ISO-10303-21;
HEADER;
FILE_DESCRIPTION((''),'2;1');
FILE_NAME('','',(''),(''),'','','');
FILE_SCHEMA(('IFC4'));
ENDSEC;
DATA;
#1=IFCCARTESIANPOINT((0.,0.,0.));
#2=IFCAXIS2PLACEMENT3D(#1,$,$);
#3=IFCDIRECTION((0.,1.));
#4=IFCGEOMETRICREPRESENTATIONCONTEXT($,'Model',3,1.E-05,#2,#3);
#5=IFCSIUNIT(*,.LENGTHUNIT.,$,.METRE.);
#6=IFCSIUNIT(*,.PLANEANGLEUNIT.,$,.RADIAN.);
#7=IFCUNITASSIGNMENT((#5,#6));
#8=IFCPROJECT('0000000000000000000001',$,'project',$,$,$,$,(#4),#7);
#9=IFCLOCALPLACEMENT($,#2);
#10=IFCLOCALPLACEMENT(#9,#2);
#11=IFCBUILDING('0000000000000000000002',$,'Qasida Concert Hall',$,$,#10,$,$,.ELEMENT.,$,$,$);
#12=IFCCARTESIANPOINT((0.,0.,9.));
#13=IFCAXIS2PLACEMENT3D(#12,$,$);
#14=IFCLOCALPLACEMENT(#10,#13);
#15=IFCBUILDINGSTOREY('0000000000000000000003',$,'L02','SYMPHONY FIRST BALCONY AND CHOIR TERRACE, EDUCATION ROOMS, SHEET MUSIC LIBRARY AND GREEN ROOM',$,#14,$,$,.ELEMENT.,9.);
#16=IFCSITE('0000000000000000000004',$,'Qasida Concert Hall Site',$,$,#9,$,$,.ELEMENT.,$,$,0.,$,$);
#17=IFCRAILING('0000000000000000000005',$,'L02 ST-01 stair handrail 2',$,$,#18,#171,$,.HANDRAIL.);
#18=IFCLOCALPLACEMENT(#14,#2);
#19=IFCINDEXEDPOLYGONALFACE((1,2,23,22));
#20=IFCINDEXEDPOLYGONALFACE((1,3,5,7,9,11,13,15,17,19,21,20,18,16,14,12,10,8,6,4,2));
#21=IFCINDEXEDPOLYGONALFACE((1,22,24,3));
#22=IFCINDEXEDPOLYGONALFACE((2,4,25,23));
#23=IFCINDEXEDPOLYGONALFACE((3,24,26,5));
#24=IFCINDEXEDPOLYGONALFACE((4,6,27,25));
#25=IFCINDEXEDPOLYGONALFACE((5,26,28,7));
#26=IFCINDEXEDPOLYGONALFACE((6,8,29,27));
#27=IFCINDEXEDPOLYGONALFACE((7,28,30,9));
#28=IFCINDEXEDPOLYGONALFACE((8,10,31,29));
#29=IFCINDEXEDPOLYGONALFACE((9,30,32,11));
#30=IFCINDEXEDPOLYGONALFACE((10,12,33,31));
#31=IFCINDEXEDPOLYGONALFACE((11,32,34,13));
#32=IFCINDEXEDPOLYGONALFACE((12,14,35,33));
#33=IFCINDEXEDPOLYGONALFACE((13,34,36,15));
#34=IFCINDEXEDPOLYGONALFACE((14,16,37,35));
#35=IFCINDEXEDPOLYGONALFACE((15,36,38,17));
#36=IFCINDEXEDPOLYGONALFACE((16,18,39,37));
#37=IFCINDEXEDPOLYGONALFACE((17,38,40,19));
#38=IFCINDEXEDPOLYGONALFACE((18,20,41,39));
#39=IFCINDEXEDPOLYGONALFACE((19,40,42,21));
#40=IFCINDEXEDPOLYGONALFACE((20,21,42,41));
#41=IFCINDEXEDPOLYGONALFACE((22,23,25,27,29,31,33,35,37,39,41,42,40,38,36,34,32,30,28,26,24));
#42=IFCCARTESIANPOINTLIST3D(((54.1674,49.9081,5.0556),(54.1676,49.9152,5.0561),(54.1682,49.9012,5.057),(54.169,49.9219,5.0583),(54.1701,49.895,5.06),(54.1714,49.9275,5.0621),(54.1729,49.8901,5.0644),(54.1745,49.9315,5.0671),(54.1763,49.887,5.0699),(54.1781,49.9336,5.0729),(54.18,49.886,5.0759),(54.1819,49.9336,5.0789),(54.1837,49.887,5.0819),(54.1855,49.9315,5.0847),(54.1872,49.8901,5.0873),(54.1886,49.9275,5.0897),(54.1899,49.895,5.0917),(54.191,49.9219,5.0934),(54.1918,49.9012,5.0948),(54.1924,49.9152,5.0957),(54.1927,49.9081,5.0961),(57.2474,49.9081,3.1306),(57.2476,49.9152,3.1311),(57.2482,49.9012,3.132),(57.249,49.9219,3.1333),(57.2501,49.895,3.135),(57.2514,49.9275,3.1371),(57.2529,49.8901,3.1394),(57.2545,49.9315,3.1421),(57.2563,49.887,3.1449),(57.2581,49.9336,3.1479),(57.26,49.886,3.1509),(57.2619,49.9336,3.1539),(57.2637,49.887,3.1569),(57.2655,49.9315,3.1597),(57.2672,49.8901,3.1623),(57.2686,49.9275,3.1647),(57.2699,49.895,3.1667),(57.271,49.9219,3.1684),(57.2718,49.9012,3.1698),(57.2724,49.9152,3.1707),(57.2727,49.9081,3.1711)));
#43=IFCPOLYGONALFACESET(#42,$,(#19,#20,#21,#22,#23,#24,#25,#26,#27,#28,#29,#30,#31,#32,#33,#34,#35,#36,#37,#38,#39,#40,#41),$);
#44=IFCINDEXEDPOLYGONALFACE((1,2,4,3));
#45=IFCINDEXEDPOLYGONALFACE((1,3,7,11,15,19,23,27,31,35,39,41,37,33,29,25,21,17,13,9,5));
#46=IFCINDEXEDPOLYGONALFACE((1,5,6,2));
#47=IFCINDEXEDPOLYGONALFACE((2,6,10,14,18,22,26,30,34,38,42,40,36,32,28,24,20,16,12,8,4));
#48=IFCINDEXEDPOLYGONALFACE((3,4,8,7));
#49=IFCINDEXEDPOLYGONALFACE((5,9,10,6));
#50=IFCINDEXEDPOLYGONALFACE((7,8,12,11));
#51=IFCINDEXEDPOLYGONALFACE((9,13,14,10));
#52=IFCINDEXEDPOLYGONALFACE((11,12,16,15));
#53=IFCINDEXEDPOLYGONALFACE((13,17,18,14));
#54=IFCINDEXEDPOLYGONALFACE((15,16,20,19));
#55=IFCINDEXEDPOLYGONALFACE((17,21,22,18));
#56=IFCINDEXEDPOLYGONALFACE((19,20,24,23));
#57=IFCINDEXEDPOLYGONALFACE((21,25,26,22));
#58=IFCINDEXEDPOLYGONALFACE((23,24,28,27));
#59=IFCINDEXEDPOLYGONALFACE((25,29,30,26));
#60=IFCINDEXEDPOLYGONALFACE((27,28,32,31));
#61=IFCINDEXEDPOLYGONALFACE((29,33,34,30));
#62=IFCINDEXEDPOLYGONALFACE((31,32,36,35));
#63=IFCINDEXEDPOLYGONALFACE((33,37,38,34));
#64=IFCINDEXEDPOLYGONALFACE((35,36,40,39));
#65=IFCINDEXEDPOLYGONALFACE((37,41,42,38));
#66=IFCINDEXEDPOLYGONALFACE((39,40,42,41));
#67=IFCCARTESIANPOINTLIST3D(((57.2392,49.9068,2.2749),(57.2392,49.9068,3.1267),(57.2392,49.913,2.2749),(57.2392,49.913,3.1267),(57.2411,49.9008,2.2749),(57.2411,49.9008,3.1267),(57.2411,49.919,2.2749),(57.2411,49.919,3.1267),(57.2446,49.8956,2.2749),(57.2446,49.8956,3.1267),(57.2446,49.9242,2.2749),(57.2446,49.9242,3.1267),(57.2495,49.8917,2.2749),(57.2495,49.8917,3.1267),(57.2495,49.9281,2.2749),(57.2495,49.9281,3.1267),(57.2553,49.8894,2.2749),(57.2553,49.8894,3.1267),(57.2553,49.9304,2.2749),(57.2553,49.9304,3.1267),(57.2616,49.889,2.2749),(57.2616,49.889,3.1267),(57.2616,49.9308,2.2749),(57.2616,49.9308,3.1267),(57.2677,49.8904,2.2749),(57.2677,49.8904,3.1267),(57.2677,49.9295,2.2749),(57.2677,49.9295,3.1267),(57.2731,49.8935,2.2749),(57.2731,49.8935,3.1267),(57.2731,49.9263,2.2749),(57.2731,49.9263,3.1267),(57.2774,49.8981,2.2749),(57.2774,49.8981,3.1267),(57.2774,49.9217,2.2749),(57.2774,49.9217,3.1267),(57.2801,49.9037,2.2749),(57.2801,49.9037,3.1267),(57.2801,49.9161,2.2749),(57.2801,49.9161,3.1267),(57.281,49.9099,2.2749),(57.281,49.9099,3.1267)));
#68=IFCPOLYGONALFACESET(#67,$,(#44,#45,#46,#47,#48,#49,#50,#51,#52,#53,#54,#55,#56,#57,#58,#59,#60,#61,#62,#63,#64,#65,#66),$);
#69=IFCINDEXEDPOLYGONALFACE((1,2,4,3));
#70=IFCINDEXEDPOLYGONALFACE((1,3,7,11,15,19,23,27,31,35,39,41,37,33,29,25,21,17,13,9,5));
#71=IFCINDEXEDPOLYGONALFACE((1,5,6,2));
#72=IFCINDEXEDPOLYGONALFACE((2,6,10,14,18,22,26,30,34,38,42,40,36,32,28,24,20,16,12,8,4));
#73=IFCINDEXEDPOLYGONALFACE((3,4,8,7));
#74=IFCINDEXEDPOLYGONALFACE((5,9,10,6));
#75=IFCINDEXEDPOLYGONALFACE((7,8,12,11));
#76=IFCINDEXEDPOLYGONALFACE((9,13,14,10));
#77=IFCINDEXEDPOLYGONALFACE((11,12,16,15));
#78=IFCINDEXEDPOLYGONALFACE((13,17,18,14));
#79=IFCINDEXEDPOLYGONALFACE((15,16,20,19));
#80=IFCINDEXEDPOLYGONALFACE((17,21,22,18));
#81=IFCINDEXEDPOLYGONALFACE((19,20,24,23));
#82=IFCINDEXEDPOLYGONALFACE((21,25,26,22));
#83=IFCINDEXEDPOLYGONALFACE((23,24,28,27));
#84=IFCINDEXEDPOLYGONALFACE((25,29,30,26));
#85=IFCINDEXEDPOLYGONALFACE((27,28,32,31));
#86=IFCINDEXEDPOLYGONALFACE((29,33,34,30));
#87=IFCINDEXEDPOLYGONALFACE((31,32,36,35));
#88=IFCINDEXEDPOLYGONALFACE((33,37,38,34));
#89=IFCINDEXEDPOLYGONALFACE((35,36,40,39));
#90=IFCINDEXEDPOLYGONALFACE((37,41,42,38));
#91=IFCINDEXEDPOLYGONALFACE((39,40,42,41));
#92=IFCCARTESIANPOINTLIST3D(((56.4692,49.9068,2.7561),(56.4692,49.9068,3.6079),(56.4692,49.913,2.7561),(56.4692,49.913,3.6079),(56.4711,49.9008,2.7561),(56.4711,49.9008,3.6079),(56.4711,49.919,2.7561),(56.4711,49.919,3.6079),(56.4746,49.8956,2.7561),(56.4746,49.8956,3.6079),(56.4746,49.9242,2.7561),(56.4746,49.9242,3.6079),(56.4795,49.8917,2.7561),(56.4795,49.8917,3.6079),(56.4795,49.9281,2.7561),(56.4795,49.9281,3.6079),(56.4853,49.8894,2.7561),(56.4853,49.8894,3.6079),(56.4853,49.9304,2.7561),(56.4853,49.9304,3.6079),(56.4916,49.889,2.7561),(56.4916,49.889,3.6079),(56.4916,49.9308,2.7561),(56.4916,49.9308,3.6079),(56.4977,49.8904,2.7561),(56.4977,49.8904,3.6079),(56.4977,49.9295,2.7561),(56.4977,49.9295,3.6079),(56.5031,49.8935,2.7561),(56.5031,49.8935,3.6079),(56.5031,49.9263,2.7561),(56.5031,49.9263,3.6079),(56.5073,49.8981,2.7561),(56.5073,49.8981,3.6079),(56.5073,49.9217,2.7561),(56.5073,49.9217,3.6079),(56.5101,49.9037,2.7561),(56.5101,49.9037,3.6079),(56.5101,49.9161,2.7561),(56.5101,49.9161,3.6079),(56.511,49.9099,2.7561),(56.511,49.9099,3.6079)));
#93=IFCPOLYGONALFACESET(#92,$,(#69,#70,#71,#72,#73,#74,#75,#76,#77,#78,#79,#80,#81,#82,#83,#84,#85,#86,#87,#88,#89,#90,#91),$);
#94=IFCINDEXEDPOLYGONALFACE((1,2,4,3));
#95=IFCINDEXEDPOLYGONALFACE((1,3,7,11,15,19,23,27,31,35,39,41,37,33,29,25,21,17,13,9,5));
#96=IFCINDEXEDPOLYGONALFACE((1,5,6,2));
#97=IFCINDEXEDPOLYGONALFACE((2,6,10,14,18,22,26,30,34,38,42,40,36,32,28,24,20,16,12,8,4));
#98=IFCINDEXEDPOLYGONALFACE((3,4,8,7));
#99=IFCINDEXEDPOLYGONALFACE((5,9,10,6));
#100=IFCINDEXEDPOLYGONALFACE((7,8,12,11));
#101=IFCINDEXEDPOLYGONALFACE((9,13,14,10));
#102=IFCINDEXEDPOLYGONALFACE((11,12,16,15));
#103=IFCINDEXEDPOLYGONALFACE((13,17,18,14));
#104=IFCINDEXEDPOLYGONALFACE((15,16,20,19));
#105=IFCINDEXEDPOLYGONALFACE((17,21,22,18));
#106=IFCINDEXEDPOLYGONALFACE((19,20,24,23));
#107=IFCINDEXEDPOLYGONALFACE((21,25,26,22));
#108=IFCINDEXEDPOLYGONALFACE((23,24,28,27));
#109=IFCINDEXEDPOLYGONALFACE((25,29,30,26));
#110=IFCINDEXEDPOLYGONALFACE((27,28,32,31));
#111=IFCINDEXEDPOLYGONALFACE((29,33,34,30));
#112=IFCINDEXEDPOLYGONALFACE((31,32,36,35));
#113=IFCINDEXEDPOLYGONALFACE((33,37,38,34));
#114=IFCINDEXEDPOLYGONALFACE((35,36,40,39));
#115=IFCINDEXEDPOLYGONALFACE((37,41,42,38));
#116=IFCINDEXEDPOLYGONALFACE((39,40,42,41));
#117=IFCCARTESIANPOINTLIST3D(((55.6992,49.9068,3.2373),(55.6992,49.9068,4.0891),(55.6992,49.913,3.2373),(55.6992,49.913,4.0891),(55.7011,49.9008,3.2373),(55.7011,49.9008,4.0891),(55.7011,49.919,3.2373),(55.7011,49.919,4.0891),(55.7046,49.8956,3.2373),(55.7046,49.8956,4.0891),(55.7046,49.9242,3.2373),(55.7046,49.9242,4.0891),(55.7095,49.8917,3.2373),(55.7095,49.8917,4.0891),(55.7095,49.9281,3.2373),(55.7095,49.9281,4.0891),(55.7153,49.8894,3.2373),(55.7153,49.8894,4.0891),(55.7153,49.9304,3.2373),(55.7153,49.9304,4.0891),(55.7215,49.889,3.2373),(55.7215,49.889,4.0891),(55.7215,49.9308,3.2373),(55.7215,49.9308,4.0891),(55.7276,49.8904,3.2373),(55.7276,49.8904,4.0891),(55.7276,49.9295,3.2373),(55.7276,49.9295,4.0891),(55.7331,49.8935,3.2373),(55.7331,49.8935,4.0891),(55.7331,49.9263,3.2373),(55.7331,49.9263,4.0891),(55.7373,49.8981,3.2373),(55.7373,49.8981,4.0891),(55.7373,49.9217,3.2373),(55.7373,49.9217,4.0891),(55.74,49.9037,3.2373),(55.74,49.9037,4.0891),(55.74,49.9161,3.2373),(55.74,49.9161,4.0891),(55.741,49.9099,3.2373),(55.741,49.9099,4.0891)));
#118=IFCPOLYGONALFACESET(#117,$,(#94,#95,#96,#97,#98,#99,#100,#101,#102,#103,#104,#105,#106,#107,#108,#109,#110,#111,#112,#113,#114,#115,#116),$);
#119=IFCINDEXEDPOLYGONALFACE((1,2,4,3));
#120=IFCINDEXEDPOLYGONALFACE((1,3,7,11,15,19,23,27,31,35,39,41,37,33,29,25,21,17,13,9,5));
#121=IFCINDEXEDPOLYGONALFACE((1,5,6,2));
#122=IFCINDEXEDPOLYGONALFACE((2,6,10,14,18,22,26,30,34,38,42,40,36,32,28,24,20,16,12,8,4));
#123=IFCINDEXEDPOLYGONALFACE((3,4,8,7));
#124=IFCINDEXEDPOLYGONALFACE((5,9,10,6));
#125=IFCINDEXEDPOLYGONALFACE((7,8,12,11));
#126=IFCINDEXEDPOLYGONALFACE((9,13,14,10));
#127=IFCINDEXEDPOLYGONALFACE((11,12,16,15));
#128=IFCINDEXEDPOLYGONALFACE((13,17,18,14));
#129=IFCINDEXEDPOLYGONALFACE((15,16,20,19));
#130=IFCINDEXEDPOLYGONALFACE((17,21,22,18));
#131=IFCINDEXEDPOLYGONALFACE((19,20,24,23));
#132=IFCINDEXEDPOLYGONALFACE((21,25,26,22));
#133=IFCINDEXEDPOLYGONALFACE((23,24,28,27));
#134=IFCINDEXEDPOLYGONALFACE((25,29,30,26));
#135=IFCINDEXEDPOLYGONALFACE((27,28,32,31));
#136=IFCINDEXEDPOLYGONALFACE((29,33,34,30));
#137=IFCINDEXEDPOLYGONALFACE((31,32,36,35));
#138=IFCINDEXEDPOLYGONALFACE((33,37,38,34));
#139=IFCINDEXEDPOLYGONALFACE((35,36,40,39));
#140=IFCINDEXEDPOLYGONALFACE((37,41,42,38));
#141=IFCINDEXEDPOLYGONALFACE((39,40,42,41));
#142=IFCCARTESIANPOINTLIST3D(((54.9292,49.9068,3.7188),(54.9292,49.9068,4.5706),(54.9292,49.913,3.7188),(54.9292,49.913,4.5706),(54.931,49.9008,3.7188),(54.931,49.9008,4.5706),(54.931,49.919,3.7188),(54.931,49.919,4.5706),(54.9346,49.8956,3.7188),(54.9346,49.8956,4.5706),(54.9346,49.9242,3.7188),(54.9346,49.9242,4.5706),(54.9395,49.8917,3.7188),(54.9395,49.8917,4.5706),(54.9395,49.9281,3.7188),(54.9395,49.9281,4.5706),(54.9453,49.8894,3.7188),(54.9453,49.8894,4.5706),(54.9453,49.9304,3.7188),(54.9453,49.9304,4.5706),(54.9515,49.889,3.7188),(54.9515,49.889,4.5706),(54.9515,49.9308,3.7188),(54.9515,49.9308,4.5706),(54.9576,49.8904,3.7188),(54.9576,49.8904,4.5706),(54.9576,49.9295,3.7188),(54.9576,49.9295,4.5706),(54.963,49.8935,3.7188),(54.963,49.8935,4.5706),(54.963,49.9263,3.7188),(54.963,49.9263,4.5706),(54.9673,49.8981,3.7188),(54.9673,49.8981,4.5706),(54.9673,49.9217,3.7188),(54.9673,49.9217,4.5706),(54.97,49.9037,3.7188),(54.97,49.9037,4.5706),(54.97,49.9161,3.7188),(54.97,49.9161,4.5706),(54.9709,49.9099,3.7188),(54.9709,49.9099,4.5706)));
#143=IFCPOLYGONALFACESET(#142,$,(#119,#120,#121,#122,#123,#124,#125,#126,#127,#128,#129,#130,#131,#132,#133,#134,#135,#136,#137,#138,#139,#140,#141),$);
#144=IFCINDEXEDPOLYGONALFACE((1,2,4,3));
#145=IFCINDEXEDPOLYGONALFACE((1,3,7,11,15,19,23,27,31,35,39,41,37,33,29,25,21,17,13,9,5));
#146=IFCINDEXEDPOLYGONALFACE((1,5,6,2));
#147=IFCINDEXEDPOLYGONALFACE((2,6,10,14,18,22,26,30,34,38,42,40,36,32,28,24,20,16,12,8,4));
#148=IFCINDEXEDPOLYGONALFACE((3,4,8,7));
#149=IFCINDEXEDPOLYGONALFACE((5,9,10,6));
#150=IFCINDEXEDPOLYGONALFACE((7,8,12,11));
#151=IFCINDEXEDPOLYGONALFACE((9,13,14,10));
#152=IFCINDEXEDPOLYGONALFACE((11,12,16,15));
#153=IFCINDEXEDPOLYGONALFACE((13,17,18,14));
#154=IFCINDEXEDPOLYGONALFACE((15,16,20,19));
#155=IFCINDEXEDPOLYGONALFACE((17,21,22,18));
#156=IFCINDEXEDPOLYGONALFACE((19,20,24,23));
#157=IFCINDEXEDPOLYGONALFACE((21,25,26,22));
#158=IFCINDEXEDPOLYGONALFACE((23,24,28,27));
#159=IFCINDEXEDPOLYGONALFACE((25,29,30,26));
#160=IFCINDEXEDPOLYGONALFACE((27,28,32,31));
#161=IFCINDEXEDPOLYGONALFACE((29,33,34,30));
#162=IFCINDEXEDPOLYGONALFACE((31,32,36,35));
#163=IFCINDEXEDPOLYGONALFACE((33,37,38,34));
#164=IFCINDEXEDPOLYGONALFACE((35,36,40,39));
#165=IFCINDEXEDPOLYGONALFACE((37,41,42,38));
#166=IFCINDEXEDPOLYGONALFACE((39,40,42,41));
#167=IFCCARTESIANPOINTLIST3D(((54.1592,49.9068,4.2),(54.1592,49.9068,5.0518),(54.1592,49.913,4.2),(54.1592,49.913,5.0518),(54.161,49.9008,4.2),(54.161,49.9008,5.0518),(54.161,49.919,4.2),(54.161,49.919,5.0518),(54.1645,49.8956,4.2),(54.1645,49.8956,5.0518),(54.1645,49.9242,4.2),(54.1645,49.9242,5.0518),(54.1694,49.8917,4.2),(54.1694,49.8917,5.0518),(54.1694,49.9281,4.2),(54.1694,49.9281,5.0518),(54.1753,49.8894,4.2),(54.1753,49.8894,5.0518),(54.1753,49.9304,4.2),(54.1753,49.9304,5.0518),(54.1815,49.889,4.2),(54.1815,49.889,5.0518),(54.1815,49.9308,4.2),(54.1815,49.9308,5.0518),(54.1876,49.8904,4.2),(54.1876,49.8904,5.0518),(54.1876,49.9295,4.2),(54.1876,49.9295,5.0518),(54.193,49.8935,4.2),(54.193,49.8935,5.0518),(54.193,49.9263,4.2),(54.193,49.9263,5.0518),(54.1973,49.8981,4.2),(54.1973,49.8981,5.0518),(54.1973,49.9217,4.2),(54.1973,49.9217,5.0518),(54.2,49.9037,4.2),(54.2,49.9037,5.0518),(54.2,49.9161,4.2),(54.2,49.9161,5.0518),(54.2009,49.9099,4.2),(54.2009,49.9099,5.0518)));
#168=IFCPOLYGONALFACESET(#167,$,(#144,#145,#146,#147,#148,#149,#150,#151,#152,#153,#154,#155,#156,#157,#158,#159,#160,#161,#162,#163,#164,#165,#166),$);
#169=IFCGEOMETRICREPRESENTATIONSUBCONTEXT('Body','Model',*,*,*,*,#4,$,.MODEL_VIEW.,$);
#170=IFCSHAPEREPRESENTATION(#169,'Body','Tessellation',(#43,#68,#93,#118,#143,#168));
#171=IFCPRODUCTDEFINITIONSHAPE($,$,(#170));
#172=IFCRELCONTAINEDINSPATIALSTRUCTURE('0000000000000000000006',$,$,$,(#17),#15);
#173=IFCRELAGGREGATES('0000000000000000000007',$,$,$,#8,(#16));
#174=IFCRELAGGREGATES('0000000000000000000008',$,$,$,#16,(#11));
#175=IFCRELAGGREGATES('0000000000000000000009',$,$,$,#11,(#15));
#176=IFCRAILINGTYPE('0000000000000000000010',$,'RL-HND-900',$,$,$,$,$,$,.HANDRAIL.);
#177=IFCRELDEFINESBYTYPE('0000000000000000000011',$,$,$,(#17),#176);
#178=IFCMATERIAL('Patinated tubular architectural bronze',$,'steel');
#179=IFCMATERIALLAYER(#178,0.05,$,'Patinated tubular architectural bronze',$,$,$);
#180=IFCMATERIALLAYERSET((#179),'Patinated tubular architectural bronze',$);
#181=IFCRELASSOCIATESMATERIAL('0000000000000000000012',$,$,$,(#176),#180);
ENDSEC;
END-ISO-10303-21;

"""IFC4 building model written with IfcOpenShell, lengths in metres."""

from ifc_helpers import new_model, si_unit, direction, frame, origin, origin_2d, place, context, subcontext, project, spatial, circle, extrude, material, layer, layer_set, type_object, element, save


model = new_model("IFC4")

# Units and contexts
model_context = context("Model", 3, precision=1e-05, world=origin(), true_north=direction((0.0, 1.0)))
body_context = subcontext(model_context, "Body", "Model", "MODEL_VIEW")
ifc_project = project(units=[si_unit("LENGTHUNIT", "METRE"), si_unit("PLANEANGLEUNIT", "RADIAN")], contexts=[model_context])

# Site, building, storey
site_placement = place(None, origin())
site = spatial("IfcSite", under=ifc_project, at=site_placement, Name="Qasida Concert Hall Site", CompositionType="ELEMENT", RefElevation=0.0)
building_placement = place(site_placement, origin())
building = spatial("IfcBuilding", under=site, at=building_placement, Name="Qasida Concert Hall", CompositionType="ELEMENT")
storey_placement = place(building_placement, frame((0.0, 0.0, 9.0)))
storey = spatial("IfcBuildingStorey", under=building, at=storey_placement, Name="L02", Description="SYMPHONY FIRST BALCONY AND CHOIR TERRACE, EDUCATION ROOMS, SHEET MUSIC LIBRARY AND GREEN ROOM", CompositionType="ELEMENT", Elevation=9.0)

# Railing
ifc_material_1 = material(Name="Patinated tubular architectural bronze", Category="steel")
ifc_layer_1 = layer(ifc_material_1, 0.05, Name="Patinated tubular architectural bronze")
ifc_layer_set_1 = layer_set([ifc_layer_1], Name="Patinated tubular architectural bronze")
railing_type_1 = type_object("IfcRailingType", Name="RL-HND-900", PredefinedType="HANDRAIL", material=ifc_layer_set_1)
railing_1_placement = place(storey_placement, frame((57.26, 49.9099, 2.2749)))
element("IfcRailing", 1, at=railing_1_placement, inside=storey, type_object=railing_type_1, Name="L02 ST-01 stair handrail 2", PredefinedType="HANDRAIL", context=body_context, shape_type="SweptSolid", body=[
    extrude(circle(Radius=0.0239, at=origin_2d()), frame((0.0, 0.0, 0.876), z_axis=(-0.847998, 0.0, 0.529999), x_axis=(0.0, -1.0, 0.0)), (0.0, 0.0, 1.0), 3.6321),
    extrude(circle(Radius=0.021, at=origin_2d()), origin(), (0.0, 0.0, 1.0), 0.8518),
    extrude(circle(Radius=0.021, at=origin_2d()), frame((-0.77, 0.0, 0.4812)), (0.0, 0.0, 1.0), 0.8518),
    extrude(circle(Radius=0.021, at=origin_2d()), frame((-1.54, 0.0, 0.9624)), (0.0, 0.0, 1.0), 0.8518),
    extrude(circle(Radius=0.021, at=origin_2d()), frame((-2.3101, 0.0, 1.4438)), (0.0, 0.0, 1.0), 0.8518),
    extrude(circle(Radius=0.021, at=origin_2d()), frame((-3.0801, 0.0, 1.925)), (0.0, 0.0, 1.0), 0.8518),
])

save(model, "model.ifc")
